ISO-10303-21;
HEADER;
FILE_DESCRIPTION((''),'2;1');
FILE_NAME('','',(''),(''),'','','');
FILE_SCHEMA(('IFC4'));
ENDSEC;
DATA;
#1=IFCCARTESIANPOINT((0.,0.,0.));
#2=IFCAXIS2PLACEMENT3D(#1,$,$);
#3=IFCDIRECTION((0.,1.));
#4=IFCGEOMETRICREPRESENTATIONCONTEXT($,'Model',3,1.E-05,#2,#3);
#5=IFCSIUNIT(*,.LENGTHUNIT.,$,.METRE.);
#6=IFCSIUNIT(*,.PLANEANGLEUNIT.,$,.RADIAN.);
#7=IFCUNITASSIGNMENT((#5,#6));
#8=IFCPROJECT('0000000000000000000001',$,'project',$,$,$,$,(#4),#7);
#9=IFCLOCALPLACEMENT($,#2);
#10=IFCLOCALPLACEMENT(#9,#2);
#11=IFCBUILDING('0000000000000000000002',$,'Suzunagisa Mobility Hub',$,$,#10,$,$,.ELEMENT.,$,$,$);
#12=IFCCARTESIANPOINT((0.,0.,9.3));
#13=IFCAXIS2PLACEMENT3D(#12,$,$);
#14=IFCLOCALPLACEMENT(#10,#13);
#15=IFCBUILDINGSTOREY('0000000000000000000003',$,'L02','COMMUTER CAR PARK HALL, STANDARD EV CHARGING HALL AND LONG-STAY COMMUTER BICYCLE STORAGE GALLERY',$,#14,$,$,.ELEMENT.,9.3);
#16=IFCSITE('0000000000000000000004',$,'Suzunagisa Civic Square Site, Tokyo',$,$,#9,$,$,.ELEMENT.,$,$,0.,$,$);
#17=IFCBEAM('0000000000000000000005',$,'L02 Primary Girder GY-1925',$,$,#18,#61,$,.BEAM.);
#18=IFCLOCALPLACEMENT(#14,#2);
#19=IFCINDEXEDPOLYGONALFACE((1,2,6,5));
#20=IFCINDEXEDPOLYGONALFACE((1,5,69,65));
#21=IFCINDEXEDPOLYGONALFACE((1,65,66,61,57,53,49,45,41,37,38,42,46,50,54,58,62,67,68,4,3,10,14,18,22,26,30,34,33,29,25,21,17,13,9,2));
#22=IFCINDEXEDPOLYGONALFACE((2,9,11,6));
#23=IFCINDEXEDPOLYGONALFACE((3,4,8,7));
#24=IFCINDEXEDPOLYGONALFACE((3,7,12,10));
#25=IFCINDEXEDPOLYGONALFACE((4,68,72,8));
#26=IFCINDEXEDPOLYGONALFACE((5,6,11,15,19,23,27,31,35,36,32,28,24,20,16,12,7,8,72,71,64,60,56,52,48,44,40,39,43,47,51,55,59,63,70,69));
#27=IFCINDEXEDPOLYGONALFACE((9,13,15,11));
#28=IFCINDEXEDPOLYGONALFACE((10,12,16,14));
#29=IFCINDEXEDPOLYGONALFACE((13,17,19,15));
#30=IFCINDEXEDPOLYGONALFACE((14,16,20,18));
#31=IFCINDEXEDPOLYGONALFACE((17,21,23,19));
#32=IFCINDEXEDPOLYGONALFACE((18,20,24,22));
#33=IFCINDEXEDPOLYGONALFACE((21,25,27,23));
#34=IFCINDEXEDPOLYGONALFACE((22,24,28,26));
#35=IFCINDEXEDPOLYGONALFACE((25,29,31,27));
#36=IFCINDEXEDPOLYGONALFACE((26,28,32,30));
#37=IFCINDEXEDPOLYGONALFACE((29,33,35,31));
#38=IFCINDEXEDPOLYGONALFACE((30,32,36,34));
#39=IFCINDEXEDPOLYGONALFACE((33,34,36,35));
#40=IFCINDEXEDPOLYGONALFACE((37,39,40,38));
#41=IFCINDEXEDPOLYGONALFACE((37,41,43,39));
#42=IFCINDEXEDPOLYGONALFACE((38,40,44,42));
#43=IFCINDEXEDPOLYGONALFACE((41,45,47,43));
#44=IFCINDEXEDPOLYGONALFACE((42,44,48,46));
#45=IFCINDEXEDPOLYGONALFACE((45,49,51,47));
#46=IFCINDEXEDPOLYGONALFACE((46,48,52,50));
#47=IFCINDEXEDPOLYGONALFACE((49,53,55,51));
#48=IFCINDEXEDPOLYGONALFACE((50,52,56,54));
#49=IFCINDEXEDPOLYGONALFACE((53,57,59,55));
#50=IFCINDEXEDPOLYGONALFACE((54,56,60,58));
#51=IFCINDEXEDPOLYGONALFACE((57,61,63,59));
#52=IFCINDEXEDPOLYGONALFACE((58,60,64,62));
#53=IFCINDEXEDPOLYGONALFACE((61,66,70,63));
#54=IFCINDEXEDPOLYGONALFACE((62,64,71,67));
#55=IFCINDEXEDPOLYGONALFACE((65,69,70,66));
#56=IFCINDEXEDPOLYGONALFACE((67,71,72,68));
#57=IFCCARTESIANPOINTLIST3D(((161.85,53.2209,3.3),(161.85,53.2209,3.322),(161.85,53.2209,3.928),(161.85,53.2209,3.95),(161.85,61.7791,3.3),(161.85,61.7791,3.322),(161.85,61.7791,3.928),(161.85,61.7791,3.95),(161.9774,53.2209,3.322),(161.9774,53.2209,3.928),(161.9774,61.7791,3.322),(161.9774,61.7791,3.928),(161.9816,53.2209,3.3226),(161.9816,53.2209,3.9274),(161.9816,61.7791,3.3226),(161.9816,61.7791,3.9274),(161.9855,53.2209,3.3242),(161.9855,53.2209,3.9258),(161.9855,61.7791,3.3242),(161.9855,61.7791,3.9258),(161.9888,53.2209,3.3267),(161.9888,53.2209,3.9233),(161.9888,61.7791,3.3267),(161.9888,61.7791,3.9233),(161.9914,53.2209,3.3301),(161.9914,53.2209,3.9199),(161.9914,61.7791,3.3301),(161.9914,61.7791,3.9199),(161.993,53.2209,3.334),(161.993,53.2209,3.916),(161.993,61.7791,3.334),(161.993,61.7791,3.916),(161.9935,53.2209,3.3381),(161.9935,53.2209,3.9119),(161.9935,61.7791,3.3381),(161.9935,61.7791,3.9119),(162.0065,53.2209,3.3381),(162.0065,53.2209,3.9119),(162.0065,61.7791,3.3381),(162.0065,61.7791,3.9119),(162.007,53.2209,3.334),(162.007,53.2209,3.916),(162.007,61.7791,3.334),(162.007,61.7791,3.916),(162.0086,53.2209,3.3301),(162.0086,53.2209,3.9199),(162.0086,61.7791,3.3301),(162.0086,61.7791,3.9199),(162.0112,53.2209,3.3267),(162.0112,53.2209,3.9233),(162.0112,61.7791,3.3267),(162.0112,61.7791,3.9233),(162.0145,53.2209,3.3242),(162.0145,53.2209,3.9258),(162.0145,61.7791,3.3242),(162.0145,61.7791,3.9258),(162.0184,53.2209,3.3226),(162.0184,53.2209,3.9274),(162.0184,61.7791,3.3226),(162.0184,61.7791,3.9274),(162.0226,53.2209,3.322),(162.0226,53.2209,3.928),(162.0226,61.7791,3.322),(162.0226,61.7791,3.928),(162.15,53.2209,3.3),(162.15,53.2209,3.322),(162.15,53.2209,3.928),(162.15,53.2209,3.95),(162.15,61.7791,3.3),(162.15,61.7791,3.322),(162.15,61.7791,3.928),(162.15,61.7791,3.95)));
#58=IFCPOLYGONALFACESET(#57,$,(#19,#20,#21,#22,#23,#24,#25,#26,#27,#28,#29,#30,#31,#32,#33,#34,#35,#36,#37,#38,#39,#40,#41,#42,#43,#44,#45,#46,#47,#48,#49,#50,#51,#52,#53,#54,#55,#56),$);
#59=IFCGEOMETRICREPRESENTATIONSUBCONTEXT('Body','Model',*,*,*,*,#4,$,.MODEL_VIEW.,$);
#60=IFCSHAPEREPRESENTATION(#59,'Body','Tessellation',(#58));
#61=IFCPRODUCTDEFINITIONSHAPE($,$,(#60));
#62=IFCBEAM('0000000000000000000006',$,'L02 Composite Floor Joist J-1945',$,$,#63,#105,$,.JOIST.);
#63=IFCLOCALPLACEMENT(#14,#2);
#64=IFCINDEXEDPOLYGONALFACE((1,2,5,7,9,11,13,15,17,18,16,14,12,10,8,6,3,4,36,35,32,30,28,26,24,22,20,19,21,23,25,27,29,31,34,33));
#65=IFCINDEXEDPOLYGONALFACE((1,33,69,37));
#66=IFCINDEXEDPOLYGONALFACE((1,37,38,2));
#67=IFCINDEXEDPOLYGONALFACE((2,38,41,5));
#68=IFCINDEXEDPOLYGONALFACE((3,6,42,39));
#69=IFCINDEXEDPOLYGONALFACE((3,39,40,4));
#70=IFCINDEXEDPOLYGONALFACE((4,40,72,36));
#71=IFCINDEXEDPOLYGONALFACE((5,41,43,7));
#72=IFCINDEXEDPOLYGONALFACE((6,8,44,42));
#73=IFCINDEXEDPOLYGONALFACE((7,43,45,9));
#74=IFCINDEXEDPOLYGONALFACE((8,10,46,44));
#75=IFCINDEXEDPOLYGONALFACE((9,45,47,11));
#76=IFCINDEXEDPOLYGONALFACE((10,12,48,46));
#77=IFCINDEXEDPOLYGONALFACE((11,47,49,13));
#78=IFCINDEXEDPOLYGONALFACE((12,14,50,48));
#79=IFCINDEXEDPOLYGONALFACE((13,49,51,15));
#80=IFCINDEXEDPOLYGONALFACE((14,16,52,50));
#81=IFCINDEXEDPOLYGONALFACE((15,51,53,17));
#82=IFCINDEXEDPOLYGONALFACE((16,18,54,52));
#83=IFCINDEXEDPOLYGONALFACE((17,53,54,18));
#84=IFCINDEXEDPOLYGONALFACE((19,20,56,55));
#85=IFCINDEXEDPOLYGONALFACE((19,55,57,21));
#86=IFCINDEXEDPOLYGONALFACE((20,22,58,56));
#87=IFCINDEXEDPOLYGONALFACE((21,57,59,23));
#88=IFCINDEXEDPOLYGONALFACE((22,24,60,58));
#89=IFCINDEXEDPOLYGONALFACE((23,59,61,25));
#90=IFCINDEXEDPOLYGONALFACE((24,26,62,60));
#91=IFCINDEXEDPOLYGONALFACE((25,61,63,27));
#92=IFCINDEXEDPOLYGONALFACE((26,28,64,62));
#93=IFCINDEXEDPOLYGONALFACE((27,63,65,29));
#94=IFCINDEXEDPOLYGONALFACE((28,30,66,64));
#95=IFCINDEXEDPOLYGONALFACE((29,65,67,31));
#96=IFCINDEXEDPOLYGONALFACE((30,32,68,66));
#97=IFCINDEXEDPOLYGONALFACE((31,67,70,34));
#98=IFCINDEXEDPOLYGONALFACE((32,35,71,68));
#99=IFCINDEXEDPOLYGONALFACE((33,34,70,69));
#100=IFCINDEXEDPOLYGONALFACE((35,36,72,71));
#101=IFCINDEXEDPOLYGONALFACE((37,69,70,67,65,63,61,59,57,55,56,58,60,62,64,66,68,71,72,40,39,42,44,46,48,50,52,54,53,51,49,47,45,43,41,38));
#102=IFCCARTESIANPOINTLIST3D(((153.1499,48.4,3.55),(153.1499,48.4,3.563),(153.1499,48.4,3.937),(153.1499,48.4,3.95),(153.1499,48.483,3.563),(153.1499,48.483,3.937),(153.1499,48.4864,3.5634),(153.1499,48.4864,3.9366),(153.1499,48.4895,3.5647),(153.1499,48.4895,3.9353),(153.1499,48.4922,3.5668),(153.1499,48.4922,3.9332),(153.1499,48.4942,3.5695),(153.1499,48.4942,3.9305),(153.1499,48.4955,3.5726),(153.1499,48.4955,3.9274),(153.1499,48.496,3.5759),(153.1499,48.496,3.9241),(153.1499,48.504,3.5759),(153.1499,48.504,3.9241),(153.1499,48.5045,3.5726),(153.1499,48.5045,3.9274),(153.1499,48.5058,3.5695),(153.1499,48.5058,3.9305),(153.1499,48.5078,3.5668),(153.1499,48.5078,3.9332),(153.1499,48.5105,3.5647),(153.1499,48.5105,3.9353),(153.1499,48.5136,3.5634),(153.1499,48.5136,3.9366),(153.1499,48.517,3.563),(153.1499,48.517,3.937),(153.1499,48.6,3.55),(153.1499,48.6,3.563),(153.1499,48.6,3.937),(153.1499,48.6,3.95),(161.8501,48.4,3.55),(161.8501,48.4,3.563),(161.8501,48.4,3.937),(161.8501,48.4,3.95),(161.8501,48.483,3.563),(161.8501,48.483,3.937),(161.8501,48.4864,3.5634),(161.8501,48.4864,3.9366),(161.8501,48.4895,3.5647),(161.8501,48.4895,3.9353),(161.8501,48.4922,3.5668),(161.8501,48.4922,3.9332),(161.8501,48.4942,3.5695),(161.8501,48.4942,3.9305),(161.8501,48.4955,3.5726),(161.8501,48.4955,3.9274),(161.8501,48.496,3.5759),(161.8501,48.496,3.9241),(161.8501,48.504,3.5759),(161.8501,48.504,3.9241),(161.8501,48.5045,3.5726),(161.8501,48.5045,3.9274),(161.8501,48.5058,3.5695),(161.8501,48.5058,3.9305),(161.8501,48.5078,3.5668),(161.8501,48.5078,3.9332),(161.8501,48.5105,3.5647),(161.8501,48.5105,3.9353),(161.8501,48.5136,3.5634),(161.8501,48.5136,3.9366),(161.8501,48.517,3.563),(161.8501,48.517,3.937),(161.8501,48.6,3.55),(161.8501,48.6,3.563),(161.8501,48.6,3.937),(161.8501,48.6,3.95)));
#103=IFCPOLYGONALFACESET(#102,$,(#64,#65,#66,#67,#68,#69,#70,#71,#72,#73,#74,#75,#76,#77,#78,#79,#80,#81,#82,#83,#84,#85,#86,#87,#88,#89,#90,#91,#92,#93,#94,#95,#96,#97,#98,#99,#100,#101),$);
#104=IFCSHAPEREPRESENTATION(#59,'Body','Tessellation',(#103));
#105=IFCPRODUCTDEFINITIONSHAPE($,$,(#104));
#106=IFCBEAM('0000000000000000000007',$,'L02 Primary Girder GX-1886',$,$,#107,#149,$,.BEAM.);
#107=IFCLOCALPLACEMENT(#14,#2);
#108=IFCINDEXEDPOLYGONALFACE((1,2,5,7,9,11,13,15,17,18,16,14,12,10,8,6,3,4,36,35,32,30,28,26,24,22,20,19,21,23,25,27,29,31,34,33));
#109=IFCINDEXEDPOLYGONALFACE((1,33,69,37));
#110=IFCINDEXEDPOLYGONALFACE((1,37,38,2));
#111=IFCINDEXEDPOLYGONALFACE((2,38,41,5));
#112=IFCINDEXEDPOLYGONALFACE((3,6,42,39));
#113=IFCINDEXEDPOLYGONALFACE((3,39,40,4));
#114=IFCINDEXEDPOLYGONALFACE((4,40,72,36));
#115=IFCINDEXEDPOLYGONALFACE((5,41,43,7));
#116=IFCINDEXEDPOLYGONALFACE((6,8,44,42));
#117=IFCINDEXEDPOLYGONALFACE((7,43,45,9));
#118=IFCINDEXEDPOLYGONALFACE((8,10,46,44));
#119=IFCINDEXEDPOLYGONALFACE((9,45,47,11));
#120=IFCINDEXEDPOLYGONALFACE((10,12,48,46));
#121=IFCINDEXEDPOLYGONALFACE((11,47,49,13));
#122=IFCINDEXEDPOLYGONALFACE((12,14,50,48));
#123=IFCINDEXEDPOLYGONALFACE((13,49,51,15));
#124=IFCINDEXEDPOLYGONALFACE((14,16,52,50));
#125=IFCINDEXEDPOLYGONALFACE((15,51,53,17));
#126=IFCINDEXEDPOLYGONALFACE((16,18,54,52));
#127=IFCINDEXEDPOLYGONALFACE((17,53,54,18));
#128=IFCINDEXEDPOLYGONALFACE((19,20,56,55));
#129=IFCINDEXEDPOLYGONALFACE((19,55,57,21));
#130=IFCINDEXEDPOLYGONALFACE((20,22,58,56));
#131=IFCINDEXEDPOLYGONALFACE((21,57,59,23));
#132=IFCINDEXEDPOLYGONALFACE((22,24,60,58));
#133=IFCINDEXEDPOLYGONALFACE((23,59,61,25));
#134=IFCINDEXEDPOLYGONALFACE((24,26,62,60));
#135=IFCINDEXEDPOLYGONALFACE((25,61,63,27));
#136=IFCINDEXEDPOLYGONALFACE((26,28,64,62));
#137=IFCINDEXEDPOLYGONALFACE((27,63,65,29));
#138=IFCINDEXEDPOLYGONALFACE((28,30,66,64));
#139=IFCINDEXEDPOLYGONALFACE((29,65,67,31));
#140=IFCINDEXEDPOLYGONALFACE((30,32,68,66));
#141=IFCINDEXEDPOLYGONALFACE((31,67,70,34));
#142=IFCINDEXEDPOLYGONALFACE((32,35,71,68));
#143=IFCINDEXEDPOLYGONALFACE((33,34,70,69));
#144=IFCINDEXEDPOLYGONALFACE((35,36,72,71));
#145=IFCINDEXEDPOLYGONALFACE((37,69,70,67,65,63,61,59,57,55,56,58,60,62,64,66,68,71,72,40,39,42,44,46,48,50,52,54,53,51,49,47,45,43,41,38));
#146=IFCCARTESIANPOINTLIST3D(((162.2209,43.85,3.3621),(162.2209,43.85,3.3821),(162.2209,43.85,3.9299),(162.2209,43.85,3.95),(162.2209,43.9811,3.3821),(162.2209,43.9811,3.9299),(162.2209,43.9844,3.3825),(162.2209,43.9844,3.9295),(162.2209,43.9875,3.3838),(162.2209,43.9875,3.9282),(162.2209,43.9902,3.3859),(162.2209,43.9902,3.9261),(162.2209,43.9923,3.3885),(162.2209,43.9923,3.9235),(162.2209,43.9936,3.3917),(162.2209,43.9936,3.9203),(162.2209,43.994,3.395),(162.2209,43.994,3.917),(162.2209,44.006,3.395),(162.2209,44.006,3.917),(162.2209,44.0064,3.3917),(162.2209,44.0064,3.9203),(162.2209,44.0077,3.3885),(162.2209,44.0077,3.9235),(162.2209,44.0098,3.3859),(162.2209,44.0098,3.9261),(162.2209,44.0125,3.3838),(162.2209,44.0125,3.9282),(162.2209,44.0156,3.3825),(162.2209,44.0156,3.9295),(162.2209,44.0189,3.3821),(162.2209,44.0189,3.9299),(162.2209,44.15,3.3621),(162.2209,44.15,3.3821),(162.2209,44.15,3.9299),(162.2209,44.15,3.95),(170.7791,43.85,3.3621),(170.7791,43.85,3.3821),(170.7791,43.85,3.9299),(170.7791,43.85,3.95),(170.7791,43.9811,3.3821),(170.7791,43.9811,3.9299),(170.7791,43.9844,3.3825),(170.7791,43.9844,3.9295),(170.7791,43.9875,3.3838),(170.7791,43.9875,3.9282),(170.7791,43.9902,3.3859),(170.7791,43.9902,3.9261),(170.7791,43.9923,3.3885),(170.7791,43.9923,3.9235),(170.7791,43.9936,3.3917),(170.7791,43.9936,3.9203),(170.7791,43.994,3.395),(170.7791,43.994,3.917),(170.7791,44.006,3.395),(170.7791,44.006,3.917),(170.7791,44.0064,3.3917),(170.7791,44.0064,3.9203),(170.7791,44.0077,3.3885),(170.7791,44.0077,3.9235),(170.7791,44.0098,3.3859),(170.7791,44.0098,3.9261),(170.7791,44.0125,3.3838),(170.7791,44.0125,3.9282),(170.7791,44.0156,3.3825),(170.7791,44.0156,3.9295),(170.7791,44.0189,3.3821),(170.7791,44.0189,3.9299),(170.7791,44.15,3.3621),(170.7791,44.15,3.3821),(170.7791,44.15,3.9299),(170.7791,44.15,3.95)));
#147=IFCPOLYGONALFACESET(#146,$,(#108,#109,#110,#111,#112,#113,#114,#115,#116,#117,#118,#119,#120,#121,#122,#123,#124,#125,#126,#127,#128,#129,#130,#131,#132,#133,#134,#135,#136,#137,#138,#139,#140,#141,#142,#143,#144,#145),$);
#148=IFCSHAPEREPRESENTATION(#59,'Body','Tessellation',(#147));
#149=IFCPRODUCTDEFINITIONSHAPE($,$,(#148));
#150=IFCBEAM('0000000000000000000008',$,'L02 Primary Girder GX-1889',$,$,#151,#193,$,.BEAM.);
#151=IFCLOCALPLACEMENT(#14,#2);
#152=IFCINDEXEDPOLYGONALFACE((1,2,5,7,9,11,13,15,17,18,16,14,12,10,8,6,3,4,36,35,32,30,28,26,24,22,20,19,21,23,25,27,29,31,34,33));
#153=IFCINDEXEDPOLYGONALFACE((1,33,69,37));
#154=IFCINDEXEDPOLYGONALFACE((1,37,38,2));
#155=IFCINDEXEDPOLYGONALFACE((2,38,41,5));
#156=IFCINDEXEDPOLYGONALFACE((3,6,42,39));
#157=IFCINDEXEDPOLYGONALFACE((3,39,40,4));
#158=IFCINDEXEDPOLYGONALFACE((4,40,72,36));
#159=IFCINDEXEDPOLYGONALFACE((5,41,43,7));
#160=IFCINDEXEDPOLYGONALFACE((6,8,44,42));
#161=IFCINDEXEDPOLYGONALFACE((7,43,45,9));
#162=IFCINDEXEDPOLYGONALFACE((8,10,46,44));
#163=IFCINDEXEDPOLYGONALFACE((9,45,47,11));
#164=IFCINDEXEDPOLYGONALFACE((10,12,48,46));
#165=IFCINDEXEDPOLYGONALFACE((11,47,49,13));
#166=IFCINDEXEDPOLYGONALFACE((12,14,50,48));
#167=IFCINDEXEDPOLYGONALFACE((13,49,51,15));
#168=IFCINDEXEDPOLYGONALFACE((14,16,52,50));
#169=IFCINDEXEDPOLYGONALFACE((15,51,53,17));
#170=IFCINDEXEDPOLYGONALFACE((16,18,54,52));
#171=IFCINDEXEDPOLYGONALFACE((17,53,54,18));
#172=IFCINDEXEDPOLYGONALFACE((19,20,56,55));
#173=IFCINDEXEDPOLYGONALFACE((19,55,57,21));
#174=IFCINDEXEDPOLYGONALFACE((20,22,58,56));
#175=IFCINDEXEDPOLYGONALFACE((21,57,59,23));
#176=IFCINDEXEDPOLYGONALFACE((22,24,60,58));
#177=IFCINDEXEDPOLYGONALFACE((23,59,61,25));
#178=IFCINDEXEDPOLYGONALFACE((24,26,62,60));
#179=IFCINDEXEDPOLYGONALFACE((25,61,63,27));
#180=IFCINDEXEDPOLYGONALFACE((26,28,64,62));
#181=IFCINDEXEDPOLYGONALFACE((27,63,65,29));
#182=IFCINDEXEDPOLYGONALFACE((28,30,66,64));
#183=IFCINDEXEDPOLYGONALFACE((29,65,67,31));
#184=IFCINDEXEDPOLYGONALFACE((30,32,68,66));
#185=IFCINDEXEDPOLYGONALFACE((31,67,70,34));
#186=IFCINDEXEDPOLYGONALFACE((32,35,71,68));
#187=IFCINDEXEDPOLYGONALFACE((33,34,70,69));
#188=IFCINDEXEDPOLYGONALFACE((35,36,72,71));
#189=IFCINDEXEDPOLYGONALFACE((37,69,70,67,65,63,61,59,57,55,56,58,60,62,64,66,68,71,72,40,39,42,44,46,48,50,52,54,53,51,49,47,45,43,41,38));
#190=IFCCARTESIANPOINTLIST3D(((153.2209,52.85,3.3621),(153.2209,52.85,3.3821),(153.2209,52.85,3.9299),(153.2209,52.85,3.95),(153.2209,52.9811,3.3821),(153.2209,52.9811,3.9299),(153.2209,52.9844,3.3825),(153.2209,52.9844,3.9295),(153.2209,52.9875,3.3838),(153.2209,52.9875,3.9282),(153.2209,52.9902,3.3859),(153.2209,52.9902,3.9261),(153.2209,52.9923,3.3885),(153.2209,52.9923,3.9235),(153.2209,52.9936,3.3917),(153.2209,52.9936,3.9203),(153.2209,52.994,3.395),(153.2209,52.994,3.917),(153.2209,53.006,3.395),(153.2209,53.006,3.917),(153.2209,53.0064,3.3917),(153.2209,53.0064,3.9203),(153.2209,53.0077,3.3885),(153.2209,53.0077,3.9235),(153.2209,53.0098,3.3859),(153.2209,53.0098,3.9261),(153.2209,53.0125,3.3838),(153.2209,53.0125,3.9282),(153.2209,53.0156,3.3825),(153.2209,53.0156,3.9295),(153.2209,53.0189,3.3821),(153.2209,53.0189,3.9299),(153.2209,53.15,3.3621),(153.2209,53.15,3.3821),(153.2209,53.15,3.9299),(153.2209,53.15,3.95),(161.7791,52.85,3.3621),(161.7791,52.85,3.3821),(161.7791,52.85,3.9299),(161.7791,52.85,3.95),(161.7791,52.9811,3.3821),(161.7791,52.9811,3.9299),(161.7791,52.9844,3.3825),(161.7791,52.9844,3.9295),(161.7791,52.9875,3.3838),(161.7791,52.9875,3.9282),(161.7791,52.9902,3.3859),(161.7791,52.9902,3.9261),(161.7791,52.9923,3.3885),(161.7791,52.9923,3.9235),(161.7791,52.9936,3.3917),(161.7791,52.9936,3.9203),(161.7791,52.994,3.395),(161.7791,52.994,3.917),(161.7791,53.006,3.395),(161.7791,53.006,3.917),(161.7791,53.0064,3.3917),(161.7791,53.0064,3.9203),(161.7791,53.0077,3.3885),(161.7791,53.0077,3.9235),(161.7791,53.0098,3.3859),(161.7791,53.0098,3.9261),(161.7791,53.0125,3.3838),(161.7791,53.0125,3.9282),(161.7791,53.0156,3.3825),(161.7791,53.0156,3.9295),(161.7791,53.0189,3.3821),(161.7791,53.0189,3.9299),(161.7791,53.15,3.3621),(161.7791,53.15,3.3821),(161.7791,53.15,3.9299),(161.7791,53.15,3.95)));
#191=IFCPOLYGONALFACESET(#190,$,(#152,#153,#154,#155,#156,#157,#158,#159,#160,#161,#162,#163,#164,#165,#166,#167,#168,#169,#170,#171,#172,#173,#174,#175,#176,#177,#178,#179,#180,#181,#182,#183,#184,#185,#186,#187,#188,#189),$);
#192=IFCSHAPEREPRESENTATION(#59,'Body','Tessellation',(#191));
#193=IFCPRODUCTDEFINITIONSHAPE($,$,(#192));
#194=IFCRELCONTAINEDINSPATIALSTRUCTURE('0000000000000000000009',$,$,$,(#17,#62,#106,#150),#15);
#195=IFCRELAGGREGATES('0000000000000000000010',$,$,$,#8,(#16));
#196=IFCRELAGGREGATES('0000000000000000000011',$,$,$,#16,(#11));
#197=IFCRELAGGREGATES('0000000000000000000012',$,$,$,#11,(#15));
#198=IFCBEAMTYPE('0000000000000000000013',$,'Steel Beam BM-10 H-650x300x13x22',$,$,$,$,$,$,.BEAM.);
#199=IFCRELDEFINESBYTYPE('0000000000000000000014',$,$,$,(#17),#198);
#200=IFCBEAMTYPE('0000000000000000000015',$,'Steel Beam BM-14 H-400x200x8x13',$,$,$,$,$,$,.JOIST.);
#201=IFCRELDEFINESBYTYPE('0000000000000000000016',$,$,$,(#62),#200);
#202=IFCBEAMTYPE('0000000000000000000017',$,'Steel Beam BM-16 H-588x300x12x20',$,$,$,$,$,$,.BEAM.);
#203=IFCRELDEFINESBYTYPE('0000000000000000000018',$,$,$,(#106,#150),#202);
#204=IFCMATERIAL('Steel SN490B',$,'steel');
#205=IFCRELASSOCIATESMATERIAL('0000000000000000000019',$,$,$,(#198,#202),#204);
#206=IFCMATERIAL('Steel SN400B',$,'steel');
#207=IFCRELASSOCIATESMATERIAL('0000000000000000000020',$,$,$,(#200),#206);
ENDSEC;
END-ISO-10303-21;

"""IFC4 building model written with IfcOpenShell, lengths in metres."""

from ifc_helpers import new_model, si_unit, direction, frame, origin, origin_2d, place, context, subcontext, project, spatial, i_section, extrude, material, material_profile, profile_set, type_object, element, save


model = new_model("IFC4")

# Units and contexts
model_context = context("Model", 3, precision=1e-05, world=origin(), true_north=direction((0.0, 1.0)))
body_context = subcontext(model_context, "Body", "Model", "MODEL_VIEW")
ifc_project = project(units=[si_unit("LENGTHUNIT", "METRE"), si_unit("PLANEANGLEUNIT", "RADIAN")], contexts=[model_context])

# Site, building, storey
site_placement = place(None, origin())
site = spatial("IfcSite", under=ifc_project, at=site_placement, Name="Suzunagisa Civic Square Site, Tokyo", CompositionType="ELEMENT", RefElevation=0.0)
building_placement = place(site_placement, origin())
building = spatial("IfcBuilding", under=site, at=building_placement, Name="Suzunagisa Mobility Hub", CompositionType="ELEMENT")
storey_placement = place(building_placement, frame((0.0, 0.0, 9.3)))
storey = spatial("IfcBuildingStorey", under=building, at=storey_placement, Name="L02", Description="COMMUTER CAR PARK HALL, STANDARD EV CHARGING HALL AND LONG-STAY COMMUTER BICYCLE STORAGE GALLERY", CompositionType="ELEMENT", Elevation=9.3)

# Shared definitions
ifc_material_1 = material(Name="Steel SN490B", Category="steel")

# Beams
ifc_material_profile_1 = material_profile(ifc_material_1, i_section(OverallWidth=0.3, OverallDepth=0.6499, WebThickness=0.0129, FlangeThickness=0.022, FilletRadius=0.0161, at=origin_2d()), Name="H-650x300x13x22")
ifc_profile_set_1 = profile_set([ifc_material_profile_1], Name="Steel SN490B")
beam_type_1 = type_object("IfcBeamType", Name="Steel Beam BM-10 H-650x300x13x22", PredefinedType="BEAM", material=ifc_profile_set_1)
for number, where, z_axis, x_axis, name in (
    (1, (162.0, 53.2209, 3.625), (0.0, 1.0, 0.0), (-1.0, 0.0, 0.0), "L02 Primary Girder GY-1925"),
):
    element("IfcBeam", number, at=place(storey_placement, frame(where, z_axis=z_axis, x_axis=x_axis)), inside=storey, type_object=beam_type_1, Name=name, PredefinedType="BEAM", context=body_context, shape_type="SweptSolid", body=[
        extrude(i_section(OverallWidth=0.3, OverallDepth=0.6499, WebThickness=0.0129, FlangeThickness=0.022, FilletRadius=0.0161, at=origin_2d()), origin(), (0.0, 0.0, 1.0), 8.5581),
    ])
ifc_material_2 = material(Name="Steel SN400B", Category="steel")
ifc_material_profile_2 = material_profile(ifc_material_2, i_section(OverallWidth=0.2, OverallDepth=0.3999, WebThickness=0.0081, FlangeThickness=0.0129, FilletRadius=0.0129, at=origin_2d()), Name="H-400x200x8x13")
ifc_profile_set_2 = profile_set([ifc_material_profile_2], Name="Steel SN400B")
beam_type_2 = type_object("IfcBeamType", Name="Steel Beam BM-14 H-400x200x8x13", PredefinedType="JOIST", material=ifc_profile_set_2)
beam_placement = place(storey_placement, frame((153.1499, 48.5, 3.75), z_axis=(1.0, 0.0, 0.0), x_axis=(0.0, 1.0, 0.0)))
element("IfcBeam", 2, at=beam_placement, inside=storey, type_object=beam_type_2, Name="L02 Composite Floor Joist J-1945", PredefinedType="JOIST", context=body_context, shape_type="SweptSolid", body=[
    extrude(i_section(OverallWidth=0.2, OverallDepth=0.3999, WebThickness=0.0081, FlangeThickness=0.0129, FilletRadius=0.0129, at=origin_2d()), origin(), (0.0, 0.0, 1.0), 8.7002),
])
ifc_material_profile_3 = material_profile(ifc_material_1, i_section(OverallWidth=0.3, OverallDepth=0.5879, WebThickness=0.012, FlangeThickness=0.02, FilletRadius=0.0129, at=origin_2d()), Name="H-588x300x12x20")
ifc_profile_set_3 = profile_set([ifc_material_profile_3], Name="Steel SN490B")
beam_type_3 = type_object("IfcBeamType", Name="Steel Beam BM-16 H-588x300x12x20", PredefinedType="BEAM", material=ifc_profile_set_3)
for number, where, z_axis, x_axis, name in (
    (3, (162.2209, 44.0, 3.656), (1.0, 0.0, 0.0), (0.0, 1.0, 0.0), "L02 Primary Girder GX-1886"),
    (4, (153.2209, 53.0, 3.656), (1.0, 0.0, 0.0), (0.0, 1.0, 0.0), "L02 Primary Girder GX-1889"),
):
    element("IfcBeam", number, at=place(storey_placement, frame(where, z_axis=z_axis, x_axis=x_axis)), inside=storey, type_object=beam_type_3, Name=name, PredefinedType="BEAM", context=body_context, shape_type="SweptSolid", body=[
        extrude(i_section(OverallWidth=0.3, OverallDepth=0.5879, WebThickness=0.012, FlangeThickness=0.02, FilletRadius=0.0129, at=origin_2d()), origin(), (0.0, 0.0, 1.0), 8.5581),
    ])

save(model, "model.ifc")
